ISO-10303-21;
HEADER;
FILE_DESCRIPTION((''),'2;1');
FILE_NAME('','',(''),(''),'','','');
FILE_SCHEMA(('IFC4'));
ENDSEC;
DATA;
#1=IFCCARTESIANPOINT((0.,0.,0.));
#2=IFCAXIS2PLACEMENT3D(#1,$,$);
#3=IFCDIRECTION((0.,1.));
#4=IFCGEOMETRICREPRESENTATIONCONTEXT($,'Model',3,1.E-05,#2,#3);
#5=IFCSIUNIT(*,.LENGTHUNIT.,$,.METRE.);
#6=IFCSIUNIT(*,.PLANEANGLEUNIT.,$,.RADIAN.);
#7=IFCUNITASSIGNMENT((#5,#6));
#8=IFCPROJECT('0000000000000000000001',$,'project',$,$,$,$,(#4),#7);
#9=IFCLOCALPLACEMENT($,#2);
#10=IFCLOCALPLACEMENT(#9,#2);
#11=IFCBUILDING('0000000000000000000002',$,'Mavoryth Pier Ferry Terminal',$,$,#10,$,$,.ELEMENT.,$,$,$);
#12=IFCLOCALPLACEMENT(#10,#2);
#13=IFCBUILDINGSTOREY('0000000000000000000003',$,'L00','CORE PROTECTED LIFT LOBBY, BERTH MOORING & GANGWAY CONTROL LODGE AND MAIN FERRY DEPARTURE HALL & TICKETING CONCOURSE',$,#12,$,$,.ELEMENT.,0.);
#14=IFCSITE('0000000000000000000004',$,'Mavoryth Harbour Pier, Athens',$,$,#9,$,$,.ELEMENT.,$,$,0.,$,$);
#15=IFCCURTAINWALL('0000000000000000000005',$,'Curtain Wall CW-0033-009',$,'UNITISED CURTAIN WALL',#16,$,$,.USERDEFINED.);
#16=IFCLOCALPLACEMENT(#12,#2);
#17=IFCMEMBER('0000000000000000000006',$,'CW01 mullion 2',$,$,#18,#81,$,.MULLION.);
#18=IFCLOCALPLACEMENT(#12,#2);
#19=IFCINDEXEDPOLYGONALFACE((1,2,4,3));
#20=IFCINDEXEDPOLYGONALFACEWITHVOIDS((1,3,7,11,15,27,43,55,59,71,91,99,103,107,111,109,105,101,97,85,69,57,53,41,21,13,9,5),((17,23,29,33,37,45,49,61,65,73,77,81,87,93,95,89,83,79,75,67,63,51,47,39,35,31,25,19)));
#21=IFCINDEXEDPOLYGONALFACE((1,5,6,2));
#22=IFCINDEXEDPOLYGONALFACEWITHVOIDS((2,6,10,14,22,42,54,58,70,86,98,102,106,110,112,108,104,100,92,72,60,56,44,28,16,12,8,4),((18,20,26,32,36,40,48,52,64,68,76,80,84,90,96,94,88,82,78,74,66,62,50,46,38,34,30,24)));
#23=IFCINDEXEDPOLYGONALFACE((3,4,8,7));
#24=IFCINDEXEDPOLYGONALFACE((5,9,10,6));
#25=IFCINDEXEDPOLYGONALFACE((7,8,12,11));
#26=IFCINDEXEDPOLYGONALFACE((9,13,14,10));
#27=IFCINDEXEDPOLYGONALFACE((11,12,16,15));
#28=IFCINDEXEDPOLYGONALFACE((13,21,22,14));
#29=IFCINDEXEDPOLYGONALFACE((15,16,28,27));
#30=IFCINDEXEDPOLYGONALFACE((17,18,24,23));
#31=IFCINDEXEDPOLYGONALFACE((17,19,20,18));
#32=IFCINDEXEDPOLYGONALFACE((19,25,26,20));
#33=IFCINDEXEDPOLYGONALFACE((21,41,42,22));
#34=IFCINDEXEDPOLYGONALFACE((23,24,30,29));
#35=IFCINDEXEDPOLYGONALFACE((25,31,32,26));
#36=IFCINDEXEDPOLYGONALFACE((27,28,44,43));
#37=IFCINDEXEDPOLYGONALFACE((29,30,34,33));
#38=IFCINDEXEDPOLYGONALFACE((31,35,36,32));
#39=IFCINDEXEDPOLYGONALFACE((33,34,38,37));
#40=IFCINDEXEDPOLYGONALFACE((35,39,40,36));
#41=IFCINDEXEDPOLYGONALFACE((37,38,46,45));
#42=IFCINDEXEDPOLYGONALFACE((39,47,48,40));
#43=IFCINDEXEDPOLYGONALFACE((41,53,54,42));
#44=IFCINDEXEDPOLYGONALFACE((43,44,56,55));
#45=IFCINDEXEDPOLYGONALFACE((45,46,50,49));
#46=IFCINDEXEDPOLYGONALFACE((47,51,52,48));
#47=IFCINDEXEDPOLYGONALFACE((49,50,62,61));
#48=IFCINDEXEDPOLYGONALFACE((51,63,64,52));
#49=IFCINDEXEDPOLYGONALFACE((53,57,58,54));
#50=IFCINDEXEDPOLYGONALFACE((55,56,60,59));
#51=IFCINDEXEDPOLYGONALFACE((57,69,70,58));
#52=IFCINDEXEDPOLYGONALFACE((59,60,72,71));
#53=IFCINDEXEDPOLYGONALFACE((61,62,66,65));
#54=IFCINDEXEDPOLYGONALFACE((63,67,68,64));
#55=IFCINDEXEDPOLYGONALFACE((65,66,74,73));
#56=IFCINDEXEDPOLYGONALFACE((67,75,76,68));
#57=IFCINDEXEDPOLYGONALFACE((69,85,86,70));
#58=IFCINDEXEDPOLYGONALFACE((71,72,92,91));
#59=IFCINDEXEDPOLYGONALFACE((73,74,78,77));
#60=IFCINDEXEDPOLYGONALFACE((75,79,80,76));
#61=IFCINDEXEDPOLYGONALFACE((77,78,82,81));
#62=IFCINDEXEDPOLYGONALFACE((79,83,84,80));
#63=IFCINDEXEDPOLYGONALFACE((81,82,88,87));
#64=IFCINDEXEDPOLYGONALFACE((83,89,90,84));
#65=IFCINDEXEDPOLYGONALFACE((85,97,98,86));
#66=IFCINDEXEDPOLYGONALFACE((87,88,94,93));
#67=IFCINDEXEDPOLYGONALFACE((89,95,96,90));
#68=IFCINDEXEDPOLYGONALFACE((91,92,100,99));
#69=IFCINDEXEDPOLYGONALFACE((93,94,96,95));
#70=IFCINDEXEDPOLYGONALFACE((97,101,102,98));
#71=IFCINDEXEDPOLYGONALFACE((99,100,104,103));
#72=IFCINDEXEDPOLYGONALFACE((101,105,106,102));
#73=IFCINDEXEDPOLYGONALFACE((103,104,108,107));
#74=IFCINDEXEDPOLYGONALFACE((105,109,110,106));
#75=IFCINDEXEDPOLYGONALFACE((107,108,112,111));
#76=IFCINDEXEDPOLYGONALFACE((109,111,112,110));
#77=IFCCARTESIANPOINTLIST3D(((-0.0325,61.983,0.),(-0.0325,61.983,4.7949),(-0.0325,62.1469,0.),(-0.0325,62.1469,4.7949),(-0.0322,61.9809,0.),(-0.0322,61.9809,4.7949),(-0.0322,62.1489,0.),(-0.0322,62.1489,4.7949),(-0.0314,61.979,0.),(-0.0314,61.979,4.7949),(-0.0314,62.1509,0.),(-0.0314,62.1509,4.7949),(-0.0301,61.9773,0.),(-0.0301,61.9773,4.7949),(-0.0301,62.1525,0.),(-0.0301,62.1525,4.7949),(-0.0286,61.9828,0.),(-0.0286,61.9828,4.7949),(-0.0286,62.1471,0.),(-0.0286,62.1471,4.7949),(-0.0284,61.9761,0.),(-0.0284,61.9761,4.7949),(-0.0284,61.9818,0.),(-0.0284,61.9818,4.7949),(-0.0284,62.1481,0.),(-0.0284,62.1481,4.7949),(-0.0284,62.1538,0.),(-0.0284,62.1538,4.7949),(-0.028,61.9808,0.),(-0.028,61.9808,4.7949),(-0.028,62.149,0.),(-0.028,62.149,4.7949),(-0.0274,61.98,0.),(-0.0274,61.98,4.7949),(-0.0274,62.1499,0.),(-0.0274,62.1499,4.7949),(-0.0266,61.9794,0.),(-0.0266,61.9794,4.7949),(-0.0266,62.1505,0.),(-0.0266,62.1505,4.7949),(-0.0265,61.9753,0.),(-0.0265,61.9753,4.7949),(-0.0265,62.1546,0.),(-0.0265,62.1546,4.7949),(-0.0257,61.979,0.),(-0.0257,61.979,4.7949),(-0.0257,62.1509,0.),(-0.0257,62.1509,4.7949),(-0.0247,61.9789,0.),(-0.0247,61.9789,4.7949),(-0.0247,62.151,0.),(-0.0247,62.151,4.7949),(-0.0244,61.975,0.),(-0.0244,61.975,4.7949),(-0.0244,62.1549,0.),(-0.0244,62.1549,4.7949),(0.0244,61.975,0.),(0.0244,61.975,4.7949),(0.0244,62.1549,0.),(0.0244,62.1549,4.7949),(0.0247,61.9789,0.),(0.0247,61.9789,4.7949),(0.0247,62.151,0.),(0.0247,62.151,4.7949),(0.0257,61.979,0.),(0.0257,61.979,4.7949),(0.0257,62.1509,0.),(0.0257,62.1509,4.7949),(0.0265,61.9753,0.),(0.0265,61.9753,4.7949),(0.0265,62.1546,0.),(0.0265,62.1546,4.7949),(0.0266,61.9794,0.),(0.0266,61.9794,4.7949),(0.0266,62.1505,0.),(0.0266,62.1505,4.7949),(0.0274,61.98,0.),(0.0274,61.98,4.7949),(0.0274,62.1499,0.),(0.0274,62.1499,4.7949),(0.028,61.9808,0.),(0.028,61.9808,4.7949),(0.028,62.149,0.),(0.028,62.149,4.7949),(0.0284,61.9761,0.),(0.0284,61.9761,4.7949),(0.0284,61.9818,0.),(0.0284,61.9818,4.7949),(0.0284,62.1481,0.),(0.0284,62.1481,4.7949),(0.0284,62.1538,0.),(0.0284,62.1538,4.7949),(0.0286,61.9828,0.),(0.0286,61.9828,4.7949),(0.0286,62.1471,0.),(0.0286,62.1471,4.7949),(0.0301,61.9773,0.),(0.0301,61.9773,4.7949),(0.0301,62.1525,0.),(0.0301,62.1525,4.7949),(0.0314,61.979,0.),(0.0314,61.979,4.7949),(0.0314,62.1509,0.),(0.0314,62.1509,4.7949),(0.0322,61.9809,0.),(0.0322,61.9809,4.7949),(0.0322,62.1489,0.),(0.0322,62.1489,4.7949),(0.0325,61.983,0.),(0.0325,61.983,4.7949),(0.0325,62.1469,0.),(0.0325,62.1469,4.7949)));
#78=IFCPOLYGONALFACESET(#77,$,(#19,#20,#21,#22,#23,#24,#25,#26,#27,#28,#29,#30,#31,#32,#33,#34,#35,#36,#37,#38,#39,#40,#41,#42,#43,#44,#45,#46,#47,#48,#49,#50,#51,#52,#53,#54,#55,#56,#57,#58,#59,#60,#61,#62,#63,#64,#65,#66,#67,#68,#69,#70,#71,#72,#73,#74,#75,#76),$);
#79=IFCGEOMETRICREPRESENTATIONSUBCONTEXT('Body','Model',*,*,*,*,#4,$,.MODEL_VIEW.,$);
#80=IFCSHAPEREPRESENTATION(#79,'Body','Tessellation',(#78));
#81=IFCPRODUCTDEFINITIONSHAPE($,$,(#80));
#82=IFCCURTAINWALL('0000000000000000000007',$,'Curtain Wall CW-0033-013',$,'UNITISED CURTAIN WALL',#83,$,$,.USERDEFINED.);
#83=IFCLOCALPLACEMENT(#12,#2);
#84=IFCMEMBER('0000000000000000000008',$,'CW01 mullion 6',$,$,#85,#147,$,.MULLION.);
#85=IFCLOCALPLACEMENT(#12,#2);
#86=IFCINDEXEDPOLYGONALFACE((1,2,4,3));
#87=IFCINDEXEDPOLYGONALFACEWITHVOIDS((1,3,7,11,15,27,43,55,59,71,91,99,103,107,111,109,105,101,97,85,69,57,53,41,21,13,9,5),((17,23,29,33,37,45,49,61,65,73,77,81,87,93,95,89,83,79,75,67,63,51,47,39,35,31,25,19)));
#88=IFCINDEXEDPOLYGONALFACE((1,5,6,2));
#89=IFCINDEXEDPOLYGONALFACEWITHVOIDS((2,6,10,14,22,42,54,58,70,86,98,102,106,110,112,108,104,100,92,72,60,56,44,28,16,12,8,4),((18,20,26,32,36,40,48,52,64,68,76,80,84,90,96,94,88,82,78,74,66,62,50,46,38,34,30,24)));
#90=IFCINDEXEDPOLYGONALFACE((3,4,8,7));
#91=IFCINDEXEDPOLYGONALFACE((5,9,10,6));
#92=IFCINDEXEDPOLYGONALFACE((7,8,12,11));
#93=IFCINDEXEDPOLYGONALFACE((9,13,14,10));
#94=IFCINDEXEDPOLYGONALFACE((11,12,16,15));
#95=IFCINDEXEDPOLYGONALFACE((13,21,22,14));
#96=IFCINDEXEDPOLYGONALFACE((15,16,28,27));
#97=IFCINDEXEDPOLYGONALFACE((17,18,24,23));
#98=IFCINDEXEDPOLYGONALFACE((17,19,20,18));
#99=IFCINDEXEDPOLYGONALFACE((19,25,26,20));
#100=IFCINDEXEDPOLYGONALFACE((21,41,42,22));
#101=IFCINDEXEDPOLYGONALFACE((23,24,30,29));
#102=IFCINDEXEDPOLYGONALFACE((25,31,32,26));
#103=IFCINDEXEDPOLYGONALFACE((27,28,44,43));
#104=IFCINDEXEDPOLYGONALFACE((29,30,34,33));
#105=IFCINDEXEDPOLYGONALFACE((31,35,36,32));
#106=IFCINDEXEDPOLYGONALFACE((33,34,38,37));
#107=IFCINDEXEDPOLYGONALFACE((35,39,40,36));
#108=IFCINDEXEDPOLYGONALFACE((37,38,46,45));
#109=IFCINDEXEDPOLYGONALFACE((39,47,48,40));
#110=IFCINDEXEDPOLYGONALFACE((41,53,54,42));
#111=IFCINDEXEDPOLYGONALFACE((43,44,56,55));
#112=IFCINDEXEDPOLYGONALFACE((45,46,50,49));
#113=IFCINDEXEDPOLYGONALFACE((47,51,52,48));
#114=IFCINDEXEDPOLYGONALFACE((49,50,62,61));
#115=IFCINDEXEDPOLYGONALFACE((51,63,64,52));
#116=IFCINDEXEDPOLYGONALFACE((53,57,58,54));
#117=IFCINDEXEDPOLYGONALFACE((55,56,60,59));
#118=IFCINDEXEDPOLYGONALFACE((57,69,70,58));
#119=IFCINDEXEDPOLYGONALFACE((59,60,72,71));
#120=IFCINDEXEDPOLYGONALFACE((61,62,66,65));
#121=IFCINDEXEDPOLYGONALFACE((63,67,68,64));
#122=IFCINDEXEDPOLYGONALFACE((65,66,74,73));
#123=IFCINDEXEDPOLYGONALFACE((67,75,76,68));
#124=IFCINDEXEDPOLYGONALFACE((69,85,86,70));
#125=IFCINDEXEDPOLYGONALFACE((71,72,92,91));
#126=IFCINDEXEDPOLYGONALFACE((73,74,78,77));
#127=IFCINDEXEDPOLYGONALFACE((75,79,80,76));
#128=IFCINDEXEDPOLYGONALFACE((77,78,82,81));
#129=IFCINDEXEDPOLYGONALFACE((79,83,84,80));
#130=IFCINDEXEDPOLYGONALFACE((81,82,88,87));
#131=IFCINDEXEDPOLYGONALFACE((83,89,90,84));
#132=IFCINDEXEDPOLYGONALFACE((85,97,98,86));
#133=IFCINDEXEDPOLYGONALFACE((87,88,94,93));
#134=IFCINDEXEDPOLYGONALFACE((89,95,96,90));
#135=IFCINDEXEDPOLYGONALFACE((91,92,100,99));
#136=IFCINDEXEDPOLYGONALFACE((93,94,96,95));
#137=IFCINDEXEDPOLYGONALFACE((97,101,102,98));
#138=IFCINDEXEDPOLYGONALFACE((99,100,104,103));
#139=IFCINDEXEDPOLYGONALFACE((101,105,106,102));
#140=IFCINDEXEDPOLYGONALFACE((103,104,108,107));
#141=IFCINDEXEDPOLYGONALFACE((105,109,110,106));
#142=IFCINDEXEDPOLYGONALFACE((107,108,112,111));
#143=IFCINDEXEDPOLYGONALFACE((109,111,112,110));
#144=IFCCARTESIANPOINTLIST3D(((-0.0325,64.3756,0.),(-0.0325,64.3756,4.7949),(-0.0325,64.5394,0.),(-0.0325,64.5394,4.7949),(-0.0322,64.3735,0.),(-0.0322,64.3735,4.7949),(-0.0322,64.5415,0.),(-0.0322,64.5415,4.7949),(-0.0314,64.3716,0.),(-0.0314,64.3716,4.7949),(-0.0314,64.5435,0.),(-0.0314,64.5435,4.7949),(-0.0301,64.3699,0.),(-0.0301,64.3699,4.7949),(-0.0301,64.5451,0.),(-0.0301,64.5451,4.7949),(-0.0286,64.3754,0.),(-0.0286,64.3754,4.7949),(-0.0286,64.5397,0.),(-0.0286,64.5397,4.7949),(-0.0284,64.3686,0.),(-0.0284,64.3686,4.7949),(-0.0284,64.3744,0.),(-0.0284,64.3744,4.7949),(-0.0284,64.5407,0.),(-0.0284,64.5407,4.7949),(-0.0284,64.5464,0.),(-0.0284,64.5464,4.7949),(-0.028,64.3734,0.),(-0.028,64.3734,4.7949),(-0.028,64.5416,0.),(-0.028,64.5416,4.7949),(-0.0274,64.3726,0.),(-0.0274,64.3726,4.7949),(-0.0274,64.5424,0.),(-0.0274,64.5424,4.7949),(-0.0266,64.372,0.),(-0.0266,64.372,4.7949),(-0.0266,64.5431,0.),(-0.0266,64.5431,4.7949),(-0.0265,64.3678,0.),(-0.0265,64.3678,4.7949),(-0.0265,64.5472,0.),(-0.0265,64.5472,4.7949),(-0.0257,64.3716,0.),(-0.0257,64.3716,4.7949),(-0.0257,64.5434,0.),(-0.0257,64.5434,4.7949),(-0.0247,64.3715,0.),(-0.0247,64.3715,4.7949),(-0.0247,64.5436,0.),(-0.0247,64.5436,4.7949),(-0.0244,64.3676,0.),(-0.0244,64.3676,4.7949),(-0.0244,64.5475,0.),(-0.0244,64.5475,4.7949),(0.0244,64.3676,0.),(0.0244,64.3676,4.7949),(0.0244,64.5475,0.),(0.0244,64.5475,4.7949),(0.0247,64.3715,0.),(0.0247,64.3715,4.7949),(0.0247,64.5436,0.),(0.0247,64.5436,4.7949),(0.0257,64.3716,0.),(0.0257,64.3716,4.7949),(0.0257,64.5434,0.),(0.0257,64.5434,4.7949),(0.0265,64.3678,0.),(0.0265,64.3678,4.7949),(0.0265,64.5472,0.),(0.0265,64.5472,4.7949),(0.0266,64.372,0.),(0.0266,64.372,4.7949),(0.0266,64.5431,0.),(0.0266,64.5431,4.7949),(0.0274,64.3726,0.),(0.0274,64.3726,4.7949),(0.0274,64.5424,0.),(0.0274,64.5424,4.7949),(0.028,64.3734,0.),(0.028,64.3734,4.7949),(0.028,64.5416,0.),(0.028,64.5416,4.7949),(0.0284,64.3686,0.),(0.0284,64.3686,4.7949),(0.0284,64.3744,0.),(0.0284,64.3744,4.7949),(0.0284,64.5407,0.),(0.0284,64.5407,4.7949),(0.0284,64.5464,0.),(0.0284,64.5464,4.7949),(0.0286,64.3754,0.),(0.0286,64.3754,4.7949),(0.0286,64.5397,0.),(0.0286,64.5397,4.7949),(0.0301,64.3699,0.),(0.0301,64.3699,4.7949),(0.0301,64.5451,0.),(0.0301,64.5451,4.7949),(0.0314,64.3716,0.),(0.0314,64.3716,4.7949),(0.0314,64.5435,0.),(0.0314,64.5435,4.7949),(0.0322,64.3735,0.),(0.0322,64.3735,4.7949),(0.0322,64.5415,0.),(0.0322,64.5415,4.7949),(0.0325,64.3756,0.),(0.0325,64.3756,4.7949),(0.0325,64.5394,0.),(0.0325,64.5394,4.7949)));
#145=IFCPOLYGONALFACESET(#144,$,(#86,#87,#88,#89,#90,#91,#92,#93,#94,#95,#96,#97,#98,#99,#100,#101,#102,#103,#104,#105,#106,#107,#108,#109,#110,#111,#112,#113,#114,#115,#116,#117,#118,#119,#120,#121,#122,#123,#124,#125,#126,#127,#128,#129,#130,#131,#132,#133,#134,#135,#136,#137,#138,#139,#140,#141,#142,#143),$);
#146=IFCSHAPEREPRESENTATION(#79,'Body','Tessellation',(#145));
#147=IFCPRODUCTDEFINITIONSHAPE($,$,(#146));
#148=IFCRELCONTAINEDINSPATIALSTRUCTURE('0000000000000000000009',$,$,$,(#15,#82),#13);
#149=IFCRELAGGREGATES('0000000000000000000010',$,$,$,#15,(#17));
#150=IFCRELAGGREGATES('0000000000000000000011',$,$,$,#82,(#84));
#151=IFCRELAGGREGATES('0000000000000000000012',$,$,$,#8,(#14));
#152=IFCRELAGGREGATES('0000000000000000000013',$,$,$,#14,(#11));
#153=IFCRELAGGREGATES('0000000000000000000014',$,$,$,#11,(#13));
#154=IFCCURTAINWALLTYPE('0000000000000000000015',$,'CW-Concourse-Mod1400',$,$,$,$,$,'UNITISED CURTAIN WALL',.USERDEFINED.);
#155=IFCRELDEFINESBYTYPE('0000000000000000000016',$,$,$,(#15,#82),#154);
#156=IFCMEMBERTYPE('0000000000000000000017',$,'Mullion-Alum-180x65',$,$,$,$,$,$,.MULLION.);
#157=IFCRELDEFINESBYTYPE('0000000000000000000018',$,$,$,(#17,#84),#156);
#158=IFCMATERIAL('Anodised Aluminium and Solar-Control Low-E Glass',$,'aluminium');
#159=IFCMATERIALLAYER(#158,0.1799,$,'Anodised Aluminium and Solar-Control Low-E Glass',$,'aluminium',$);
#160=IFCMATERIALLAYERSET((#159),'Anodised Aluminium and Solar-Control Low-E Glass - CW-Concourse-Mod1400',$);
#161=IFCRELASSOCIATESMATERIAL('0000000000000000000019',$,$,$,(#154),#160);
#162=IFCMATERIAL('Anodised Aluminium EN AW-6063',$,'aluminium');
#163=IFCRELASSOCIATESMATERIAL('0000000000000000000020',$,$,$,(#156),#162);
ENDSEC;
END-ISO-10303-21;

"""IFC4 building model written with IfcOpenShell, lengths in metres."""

from ifc_helpers import new_model, si_unit, direction, frame, origin, origin_2d, place, context, subcontext, project, spatial, hollow_rectangle, extrude, material, layer, layer_set, material_profile, profile_set, type_object, element, aggregate, save


model = new_model("IFC4")

# Units and contexts
model_context = context("Model", 3, precision=1e-05, world=origin(), true_north=direction((0.0, 1.0)))
body_context = subcontext(model_context, "Body", "Model", "MODEL_VIEW")
ifc_project = project(units=[si_unit("LENGTHUNIT", "METRE"), si_unit("PLANEANGLEUNIT", "RADIAN")], contexts=[model_context])

# Site, building, storey
site_placement = place(None, origin())
site = spatial("IfcSite", under=ifc_project, at=site_placement, Name="Mavoryth Harbour Pier, Athens", CompositionType="ELEMENT", RefElevation=0.0)
building_placement = place(site_placement, origin())
building = spatial("IfcBuilding", under=site, at=building_placement, Name="Mavoryth Pier Ferry Terminal", CompositionType="ELEMENT")
storey_placement = place(building_placement, origin())
storey = spatial("IfcBuildingStorey", under=building, at=storey_placement, Name="L00", Description="CORE PROTECTED LIFT LOBBY, BERTH MOORING & GANGWAY CONTROL LODGE AND MAIN FERRY DEPARTURE HALL & TICKETING CONCOURSE", CompositionType="ELEMENT", Elevation=0.0)

# Curtain wall, member
ifc_material_1 = material(Name="Anodised Aluminium and Solar-Control Low-E Glass", Category="aluminium")
ifc_layer_1 = layer(ifc_material_1, 0.1799, Name="Anodised Aluminium and Solar-Control Low-E Glass", Category="aluminium")
ifc_layer_set_1 = layer_set([ifc_layer_1], Name="Anodised Aluminium and Solar-Control Low-E Glass - CW-Concourse-Mod1400")
curtain_wall_type = type_object("IfcCurtainWallType", Name="CW-Concourse-Mod1400", ElementType="UNITISED CURTAIN WALL", PredefinedType="USERDEFINED", material=ifc_layer_set_1)
curtain_wall_1_placement = place(storey_placement, origin())
curtain_wall_1 = element("IfcCurtainWall", 1, at=curtain_wall_1_placement, inside=storey, type_object=curtain_wall_type, Name="Curtain Wall CW-0033-009", ObjectType="UNITISED CURTAIN WALL", PredefinedType="USERDEFINED")
ifc_material_2 = material(Name="Anodised Aluminium EN AW-6063", Category="aluminium")
ifc_material_profile_1 = material_profile(ifc_material_2, hollow_rectangle(XDim=0.0649, YDim=0.1799, WallThickness=0.0039, InnerFilletRadius=0.0039, OuterFilletRadius=0.0081, at=origin_2d()), Name="AL-MULL 180x65x4", Category="aluminium")
ifc_profile_set_1 = profile_set([ifc_material_profile_1], Name="Anodised Aluminium EN AW-6063 - AL-MULL 180x65x4")
member_type_1 = type_object("IfcMemberType", Name="Mullion-Alum-180x65", PredefinedType="MULLION", material=ifc_profile_set_1)
member_1_placement = place(storey_placement, frame((0.0, 62.0649, 0.0), z_axis=(0.0, 0.0, 1.0), x_axis=(1.0, 0.0, 0.0)))
member_1 = element("IfcMember", 2, at=member_1_placement, type_object=member_type_1, Name="CW01 mullion 2", PredefinedType="MULLION", context=body_context, shape_type="SweptSolid", body=[
    extrude(hollow_rectangle(XDim=0.0649, YDim=0.1799, WallThickness=0.0039, InnerFilletRadius=0.0039, OuterFilletRadius=0.0081, at=origin_2d()), origin(), (0.0, 0.0, 1.0), 4.7949),
])

# Curtain wall, member
curtain_wall_2_placement = place(storey_placement, origin())
curtain_wall_2 = element("IfcCurtainWall", 3, at=curtain_wall_2_placement, inside=storey, type_object=curtain_wall_type, Name="Curtain Wall CW-0033-013", ObjectType="UNITISED CURTAIN WALL", PredefinedType="USERDEFINED")
member_2_placement = place(storey_placement, frame((0.0, 64.4575, 0.0), z_axis=(0.0, 0.0, 1.0), x_axis=(1.0, 0.0, 0.0)))
member_2 = element("IfcMember", 4, at=member_2_placement, type_object=member_type_1, Name="CW01 mullion 6", PredefinedType="MULLION", context=body_context, shape_type="SweptSolid", body=[
    extrude(hollow_rectangle(XDim=0.0649, YDim=0.1799, WallThickness=0.0039, InnerFilletRadius=0.0039, OuterFilletRadius=0.0081, at=origin_2d()), origin(), (0.0, 0.0, 1.0), 4.7949),
])

aggregate(curtain_wall_1, [member_1])
aggregate(curtain_wall_2, [member_2])

save(model, "model.ifc")
